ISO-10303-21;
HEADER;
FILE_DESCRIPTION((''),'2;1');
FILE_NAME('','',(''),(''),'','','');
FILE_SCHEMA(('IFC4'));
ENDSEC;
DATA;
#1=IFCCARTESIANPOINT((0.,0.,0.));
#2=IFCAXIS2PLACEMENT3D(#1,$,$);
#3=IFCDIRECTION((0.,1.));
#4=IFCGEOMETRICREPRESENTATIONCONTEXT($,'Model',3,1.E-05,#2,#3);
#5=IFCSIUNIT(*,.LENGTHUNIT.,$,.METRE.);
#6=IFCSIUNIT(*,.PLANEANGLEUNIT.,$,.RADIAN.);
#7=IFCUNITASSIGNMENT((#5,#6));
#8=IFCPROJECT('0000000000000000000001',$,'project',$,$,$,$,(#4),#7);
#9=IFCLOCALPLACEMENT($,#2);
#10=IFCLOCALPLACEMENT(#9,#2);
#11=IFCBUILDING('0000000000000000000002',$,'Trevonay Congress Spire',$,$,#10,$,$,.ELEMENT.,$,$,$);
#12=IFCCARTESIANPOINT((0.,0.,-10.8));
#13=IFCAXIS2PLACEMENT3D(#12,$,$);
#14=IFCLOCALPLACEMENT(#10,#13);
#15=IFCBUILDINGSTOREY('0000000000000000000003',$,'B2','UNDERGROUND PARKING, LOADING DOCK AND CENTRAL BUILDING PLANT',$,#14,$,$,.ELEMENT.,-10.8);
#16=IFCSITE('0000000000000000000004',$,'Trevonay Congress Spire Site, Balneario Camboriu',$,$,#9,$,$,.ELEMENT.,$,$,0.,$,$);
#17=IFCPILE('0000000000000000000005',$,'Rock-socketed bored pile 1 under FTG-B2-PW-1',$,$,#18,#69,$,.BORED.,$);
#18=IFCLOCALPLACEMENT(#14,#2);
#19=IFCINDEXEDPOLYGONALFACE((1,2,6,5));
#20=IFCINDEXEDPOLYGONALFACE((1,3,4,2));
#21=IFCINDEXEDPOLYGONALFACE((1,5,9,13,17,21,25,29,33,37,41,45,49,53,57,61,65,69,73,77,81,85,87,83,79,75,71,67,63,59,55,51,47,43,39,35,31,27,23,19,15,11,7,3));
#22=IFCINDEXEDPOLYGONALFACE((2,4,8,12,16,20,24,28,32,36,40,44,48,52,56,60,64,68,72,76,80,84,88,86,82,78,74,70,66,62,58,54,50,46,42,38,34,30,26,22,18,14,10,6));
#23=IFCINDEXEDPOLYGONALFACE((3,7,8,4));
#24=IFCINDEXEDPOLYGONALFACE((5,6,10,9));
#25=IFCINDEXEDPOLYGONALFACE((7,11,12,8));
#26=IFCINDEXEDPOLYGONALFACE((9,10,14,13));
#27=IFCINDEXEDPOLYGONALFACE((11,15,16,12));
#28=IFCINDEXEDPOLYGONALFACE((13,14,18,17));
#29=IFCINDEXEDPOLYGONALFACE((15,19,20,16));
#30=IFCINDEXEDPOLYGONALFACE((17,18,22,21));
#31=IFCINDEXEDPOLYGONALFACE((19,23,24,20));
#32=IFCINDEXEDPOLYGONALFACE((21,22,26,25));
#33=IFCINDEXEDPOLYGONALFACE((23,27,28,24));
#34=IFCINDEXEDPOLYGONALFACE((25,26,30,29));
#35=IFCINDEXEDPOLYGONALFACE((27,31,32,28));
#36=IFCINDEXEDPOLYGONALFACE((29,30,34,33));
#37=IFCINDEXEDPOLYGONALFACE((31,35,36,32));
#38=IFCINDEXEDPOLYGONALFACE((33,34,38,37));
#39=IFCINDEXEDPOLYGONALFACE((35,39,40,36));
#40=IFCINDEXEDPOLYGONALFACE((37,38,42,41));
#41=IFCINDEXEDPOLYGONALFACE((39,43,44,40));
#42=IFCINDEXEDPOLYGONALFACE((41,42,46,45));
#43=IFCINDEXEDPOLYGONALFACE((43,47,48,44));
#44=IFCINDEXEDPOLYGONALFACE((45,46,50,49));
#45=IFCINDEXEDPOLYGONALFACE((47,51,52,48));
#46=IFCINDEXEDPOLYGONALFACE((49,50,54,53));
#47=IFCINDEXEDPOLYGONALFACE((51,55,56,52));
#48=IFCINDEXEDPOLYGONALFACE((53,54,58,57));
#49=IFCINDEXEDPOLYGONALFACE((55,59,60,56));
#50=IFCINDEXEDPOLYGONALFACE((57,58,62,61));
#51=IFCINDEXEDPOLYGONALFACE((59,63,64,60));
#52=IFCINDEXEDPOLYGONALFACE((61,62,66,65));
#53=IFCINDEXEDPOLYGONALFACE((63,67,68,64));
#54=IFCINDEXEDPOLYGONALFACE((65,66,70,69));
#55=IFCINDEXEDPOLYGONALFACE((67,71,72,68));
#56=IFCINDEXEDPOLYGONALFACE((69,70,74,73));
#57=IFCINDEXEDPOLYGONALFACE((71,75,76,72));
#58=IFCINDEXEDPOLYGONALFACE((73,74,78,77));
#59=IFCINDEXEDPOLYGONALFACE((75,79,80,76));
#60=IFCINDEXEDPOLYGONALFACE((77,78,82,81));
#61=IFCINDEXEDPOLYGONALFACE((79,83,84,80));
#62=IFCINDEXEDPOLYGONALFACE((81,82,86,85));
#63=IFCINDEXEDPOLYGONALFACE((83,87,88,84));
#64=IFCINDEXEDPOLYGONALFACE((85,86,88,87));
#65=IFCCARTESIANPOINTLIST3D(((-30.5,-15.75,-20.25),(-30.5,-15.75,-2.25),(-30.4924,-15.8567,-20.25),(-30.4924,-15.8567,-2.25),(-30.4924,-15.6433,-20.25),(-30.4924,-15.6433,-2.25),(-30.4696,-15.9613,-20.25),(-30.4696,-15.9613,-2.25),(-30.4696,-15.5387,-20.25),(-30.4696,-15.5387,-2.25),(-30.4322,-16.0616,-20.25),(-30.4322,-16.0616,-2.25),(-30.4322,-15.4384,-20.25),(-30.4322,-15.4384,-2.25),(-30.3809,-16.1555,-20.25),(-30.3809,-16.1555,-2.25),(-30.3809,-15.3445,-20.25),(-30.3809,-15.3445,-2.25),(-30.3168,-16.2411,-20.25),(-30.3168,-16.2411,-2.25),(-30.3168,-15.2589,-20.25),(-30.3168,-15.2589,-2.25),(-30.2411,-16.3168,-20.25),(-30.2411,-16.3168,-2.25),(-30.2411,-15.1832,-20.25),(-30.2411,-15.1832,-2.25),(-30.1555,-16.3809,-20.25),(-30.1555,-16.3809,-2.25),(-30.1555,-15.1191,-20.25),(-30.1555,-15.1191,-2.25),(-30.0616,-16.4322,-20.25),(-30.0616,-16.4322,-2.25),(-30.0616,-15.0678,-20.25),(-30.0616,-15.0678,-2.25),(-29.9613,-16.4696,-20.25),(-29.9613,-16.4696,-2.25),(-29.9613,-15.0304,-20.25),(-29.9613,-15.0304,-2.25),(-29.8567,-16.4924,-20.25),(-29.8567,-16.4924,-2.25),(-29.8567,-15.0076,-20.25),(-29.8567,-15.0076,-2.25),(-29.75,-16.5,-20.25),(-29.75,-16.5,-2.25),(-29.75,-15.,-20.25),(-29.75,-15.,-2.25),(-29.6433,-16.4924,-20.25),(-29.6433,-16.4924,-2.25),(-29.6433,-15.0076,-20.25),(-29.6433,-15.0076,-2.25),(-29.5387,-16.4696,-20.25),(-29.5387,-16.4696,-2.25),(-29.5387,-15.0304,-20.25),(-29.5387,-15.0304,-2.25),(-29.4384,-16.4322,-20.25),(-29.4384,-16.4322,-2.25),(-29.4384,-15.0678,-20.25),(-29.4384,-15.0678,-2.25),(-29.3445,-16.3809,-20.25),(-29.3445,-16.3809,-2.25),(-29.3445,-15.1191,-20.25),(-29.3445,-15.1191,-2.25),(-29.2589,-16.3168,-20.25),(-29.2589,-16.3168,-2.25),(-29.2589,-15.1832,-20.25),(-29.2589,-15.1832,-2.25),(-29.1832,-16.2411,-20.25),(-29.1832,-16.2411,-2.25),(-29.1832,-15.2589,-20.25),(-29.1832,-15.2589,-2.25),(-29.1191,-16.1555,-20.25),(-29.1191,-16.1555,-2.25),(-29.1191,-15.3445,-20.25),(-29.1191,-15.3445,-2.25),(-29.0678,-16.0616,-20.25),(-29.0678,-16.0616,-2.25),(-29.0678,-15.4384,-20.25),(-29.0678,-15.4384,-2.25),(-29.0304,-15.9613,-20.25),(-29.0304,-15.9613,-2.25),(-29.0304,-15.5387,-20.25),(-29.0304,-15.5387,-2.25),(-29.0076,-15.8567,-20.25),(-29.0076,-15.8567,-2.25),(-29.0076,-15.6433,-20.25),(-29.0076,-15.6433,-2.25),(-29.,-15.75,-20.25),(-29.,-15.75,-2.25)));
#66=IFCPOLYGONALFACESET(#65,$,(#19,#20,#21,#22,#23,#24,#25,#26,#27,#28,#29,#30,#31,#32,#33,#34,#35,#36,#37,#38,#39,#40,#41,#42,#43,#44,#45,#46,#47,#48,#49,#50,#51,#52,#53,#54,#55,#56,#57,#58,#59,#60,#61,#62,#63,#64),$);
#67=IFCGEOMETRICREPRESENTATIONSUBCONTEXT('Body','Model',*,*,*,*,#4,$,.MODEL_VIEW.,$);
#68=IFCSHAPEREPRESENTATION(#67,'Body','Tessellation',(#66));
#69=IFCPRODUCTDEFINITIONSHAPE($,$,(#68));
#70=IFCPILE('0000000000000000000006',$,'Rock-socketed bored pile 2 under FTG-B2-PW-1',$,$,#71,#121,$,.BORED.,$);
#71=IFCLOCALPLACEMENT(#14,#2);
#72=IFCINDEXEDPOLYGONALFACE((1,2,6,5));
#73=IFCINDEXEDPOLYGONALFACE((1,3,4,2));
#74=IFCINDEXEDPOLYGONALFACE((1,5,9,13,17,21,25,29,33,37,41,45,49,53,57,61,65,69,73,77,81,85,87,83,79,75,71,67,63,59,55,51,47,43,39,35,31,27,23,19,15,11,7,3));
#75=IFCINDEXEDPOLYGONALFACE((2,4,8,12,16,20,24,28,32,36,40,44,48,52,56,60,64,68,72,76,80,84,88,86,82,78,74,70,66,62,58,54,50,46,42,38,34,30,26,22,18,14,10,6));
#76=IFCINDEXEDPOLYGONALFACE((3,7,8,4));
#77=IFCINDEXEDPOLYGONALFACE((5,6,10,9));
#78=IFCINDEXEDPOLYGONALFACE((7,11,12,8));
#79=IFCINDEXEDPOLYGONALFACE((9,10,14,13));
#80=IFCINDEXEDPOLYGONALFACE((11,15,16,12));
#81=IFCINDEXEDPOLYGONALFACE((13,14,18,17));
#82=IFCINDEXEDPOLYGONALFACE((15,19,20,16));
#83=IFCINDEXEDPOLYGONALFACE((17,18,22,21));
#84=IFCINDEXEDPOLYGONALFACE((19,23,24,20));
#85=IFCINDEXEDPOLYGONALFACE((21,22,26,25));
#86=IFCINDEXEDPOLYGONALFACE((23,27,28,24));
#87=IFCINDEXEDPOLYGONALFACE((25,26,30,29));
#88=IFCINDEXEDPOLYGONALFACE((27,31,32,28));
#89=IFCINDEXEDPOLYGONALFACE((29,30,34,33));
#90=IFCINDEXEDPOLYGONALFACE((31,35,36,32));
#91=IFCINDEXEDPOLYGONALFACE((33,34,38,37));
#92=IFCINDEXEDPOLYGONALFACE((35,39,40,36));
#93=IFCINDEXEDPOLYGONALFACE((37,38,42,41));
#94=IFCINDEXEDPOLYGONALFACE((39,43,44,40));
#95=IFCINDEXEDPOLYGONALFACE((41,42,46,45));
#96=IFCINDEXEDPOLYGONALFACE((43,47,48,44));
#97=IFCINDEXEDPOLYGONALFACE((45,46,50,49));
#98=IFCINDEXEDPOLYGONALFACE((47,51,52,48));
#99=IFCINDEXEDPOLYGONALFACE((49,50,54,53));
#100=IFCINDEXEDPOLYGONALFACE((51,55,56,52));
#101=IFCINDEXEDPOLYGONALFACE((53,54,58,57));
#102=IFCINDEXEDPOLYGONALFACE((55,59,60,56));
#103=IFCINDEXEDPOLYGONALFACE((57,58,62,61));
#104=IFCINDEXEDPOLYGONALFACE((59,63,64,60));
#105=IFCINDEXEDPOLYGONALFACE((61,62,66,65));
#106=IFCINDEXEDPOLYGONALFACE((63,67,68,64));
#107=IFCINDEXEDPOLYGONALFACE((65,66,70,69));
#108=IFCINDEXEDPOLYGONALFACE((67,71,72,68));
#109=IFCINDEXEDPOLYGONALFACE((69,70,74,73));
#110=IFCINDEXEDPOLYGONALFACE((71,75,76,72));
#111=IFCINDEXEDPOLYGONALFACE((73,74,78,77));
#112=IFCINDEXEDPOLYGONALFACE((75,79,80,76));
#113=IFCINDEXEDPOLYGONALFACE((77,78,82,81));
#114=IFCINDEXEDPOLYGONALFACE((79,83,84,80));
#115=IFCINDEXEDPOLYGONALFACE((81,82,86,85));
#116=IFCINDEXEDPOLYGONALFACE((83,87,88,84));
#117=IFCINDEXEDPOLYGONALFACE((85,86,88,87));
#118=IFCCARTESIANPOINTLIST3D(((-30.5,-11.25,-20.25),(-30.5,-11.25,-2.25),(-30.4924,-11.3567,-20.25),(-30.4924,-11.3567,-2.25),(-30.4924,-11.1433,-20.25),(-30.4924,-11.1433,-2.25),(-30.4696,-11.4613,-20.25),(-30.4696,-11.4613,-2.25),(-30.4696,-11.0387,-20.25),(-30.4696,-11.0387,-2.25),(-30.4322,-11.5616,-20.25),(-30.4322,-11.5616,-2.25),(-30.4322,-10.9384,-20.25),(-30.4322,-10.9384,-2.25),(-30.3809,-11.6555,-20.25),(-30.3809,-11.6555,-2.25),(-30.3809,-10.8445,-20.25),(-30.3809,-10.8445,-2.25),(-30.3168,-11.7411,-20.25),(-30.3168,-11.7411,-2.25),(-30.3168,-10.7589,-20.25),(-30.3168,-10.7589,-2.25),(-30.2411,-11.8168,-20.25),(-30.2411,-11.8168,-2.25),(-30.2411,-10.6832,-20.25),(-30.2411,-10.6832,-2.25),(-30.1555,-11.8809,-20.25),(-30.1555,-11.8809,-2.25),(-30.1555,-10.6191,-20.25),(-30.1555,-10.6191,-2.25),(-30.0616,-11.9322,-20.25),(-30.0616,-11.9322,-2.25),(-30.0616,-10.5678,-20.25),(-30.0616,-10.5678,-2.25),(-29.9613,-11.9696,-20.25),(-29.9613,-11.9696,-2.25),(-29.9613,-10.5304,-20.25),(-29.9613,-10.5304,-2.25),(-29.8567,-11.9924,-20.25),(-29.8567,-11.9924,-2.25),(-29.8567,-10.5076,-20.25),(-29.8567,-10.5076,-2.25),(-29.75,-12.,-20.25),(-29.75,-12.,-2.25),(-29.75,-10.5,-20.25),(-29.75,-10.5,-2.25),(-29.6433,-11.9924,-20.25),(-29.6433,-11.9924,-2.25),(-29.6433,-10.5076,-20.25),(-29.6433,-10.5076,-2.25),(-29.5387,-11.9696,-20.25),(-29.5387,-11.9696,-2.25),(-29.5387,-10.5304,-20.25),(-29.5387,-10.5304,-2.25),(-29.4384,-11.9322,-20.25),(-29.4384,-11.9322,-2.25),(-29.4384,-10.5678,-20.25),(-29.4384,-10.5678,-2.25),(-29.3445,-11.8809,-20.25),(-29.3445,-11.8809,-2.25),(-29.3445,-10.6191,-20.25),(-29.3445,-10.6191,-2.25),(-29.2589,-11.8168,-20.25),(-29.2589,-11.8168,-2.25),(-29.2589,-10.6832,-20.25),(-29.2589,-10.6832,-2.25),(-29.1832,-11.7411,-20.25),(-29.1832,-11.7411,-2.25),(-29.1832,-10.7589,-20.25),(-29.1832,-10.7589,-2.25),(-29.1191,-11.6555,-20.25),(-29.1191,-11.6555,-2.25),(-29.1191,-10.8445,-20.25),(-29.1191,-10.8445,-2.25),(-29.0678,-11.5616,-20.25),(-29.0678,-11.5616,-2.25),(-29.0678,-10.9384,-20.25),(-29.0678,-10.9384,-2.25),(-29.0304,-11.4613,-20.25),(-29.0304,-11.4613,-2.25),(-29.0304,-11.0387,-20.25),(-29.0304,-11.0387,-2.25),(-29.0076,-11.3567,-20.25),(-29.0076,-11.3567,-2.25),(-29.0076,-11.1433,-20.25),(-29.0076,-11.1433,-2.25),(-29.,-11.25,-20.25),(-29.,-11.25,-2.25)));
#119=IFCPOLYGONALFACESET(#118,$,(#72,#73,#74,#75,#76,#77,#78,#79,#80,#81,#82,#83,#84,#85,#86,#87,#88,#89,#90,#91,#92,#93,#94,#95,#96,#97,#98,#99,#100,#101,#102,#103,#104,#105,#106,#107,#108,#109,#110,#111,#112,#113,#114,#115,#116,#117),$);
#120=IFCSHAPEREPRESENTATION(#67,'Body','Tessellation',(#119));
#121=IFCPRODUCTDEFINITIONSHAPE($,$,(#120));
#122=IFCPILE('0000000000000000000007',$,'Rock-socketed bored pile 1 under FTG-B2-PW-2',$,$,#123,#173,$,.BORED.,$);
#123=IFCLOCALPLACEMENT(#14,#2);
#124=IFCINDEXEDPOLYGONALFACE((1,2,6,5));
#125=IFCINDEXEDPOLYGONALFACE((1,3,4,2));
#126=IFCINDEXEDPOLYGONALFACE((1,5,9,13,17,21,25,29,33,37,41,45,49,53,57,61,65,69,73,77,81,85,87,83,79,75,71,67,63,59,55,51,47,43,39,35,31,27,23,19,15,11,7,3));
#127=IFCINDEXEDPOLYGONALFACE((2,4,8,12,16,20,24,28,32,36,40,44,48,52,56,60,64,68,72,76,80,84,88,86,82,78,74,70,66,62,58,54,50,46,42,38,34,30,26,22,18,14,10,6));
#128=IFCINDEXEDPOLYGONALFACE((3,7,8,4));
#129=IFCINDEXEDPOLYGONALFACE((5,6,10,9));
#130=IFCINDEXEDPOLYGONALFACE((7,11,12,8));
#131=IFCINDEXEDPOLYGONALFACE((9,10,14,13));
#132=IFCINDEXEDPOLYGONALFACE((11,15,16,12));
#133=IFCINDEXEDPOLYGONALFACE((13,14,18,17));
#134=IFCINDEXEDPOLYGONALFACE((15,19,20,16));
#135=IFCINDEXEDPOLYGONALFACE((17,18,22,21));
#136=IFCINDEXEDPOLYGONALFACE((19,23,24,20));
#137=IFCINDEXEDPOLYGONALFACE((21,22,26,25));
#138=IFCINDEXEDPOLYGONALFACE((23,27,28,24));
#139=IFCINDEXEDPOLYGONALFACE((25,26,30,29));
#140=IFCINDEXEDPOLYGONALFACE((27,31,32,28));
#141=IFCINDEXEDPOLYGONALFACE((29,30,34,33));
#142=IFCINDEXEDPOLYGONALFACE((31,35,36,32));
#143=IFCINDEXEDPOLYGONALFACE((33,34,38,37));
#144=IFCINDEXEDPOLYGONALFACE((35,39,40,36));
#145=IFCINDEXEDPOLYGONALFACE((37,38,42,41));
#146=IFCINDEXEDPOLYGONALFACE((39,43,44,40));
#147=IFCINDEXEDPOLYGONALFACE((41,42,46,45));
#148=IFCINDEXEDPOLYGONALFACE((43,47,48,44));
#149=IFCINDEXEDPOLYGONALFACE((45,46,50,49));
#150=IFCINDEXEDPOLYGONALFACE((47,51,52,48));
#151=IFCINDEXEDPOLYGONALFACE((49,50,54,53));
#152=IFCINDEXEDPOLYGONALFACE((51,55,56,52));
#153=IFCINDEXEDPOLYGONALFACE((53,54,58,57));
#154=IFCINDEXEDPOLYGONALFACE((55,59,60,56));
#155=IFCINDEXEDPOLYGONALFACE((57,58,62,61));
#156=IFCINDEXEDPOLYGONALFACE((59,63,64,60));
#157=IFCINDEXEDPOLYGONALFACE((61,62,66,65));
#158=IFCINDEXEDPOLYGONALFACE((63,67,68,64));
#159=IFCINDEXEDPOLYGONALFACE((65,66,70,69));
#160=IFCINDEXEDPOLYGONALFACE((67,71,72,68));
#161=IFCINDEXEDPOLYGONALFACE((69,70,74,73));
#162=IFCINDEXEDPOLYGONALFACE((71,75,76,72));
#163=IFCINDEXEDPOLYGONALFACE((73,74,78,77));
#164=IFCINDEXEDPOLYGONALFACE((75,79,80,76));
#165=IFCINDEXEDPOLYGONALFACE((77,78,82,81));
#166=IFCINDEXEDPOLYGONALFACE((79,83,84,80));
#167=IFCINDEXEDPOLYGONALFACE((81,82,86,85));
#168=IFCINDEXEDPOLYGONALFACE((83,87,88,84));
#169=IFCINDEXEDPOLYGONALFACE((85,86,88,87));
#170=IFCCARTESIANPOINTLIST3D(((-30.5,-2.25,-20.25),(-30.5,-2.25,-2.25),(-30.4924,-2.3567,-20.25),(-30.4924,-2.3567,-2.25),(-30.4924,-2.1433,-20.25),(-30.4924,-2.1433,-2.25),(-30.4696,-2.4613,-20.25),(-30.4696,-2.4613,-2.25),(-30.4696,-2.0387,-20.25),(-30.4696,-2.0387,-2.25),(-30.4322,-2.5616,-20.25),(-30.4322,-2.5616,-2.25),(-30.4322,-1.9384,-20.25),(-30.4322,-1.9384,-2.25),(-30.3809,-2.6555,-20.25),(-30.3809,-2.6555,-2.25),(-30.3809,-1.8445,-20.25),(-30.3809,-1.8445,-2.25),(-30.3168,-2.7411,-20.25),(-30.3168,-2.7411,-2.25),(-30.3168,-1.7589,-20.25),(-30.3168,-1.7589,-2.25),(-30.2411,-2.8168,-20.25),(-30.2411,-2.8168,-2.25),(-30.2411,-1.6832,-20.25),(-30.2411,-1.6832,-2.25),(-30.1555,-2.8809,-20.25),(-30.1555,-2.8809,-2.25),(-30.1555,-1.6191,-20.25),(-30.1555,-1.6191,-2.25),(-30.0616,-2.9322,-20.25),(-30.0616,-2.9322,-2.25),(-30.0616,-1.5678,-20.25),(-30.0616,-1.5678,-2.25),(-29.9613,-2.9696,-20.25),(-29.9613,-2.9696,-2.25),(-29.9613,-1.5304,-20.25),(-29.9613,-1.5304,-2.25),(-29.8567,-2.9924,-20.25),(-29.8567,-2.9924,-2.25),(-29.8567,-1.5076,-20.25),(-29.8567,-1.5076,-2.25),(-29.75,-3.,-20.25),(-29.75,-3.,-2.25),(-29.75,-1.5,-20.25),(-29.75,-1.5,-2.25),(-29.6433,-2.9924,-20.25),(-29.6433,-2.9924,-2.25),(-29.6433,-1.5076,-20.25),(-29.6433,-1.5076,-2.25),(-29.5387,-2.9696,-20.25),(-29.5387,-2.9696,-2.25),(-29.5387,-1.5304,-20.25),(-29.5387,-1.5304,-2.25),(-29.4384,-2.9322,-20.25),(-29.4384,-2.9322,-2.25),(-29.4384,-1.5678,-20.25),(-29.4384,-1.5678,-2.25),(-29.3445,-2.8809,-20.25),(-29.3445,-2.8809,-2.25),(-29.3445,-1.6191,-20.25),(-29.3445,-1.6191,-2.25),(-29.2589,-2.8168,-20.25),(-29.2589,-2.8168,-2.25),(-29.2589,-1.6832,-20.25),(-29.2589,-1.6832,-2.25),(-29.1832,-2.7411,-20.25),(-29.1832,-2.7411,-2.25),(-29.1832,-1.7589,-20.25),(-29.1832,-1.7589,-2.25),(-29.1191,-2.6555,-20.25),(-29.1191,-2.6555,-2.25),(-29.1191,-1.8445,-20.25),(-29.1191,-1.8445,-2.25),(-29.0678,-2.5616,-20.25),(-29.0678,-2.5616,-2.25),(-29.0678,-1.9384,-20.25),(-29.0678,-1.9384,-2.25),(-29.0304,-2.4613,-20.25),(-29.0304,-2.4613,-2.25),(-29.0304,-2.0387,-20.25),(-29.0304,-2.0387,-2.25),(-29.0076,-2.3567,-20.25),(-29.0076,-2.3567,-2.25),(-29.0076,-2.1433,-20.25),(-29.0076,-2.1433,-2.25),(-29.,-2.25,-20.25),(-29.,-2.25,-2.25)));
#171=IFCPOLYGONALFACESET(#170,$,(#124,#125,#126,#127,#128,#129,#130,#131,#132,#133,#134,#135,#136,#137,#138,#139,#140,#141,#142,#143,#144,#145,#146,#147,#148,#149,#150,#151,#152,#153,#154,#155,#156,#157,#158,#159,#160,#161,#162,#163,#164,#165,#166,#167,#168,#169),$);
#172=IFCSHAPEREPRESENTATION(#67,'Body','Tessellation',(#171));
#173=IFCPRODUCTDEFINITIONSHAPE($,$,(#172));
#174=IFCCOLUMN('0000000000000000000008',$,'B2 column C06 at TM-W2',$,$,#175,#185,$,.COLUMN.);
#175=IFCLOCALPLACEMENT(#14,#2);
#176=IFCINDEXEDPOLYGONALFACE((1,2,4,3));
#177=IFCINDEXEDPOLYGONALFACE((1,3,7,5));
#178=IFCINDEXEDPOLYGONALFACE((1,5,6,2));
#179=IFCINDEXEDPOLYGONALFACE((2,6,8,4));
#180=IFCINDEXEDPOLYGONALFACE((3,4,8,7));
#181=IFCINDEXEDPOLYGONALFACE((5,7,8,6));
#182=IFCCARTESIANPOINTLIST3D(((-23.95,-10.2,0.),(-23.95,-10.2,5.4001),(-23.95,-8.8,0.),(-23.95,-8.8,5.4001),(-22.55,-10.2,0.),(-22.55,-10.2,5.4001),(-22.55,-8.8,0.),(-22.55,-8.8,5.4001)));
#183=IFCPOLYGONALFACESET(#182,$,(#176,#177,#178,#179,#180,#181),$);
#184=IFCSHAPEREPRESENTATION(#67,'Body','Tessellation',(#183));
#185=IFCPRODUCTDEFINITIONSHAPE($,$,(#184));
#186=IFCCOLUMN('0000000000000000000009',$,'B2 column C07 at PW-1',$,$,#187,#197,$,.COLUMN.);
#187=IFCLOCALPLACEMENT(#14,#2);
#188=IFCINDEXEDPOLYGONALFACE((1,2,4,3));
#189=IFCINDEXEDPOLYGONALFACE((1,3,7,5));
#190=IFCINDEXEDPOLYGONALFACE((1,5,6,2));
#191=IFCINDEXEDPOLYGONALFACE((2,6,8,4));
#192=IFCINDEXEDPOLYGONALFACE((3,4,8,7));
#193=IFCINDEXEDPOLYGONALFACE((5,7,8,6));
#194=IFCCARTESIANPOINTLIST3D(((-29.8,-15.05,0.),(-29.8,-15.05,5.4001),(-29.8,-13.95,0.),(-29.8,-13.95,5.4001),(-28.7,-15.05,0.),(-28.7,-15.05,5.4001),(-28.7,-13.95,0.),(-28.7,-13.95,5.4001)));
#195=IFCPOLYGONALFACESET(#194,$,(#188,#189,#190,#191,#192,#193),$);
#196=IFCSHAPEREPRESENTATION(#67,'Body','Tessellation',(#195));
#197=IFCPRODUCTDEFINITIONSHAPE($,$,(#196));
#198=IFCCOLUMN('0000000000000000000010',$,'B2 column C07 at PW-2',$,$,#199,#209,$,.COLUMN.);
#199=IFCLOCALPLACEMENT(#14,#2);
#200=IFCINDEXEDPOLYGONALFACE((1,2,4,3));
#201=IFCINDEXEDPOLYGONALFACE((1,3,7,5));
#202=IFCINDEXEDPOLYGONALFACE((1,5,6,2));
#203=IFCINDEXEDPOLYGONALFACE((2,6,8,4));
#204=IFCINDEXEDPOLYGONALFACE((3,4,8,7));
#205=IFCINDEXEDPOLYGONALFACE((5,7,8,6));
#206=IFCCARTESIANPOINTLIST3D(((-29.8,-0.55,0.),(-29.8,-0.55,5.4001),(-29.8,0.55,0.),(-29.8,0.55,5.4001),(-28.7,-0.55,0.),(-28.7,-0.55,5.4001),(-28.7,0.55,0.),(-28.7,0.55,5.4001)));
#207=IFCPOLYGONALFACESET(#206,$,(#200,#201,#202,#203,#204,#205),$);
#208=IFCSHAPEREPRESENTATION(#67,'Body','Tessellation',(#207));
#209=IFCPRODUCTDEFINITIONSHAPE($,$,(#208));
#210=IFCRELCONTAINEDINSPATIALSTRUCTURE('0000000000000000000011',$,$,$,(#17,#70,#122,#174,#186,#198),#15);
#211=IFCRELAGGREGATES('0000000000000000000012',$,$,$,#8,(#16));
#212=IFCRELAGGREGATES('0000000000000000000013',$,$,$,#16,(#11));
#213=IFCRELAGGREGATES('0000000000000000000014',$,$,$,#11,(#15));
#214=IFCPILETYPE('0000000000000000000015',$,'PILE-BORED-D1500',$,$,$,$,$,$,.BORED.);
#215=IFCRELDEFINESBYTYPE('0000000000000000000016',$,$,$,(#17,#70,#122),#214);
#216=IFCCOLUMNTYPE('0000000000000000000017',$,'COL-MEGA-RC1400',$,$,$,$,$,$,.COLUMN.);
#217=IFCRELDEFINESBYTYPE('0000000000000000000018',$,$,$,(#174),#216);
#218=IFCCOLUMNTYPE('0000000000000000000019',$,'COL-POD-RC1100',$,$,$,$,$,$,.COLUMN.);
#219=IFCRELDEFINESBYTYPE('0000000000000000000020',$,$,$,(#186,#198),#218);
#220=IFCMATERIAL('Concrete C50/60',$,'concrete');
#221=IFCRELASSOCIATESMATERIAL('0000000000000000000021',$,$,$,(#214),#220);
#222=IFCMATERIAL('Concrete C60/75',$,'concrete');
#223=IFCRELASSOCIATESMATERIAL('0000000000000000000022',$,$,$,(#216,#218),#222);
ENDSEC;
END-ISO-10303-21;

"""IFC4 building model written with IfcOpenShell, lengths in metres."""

from ifc_helpers import new_model, si_unit, direction, frame, origin, origin_2d, place, context, subcontext, project, spatial, rectangle, circle, extrude, material, material_profile, profile_set, type_object, element, save


model = new_model("IFC4")

# Units and contexts
model_context = context("Model", 3, precision=1e-05, world=origin(), true_north=direction((0.0, 1.0)))
body_context = subcontext(model_context, "Body", "Model", "MODEL_VIEW")
ifc_project = project(units=[si_unit("LENGTHUNIT", "METRE"), si_unit("PLANEANGLEUNIT", "RADIAN")], contexts=[model_context])

# Site, building, storey
site_placement = place(None, origin())
site = spatial("IfcSite", under=ifc_project, at=site_placement, Name="Trevonay Congress Spire Site, Balneario Camboriu", CompositionType="ELEMENT", RefElevation=0.0)
building_placement = place(site_placement, origin())
building = spatial("IfcBuilding", under=site, at=building_placement, Name="Trevonay Congress Spire", CompositionType="ELEMENT")
storey_placement = place(building_placement, frame((0.0, 0.0, -10.8)))
storey = spatial("IfcBuildingStorey", under=building, at=storey_placement, Name="B2", Description="UNDERGROUND PARKING, LOADING DOCK AND CENTRAL BUILDING PLANT", CompositionType="ELEMENT", Elevation=-10.8)

# Shared definitions
ifc_material_1 = material(Name="Concrete C50/60", Category="concrete")

# Piles
ifc_material_profile_1 = material_profile(ifc_material_1, circle(Radius=0.75, at=origin_2d()), Name="PILE D1500")
ifc_profile_set_1 = profile_set([ifc_material_profile_1], Name="Concrete C50/60")
pile_type = type_object("IfcPileType", Name="PILE-BORED-D1500", PredefinedType="BORED", material=ifc_profile_set_1)
for number, where, z_axis, x_axis, name in (
    (1, (-29.75, -15.75, -2.25), (0.0, 0.0, -1.0), (1.0, 0.0, 0.0), "Rock-socketed bored pile 1 under FTG-B2-PW-1"),
    (2, (-29.75, -11.25, -2.25), (0.0, 0.0, -1.0), (1.0, 0.0, 0.0), "Rock-socketed bored pile 2 under FTG-B2-PW-1"),
    (3, (-29.75, -2.25, -2.25), (0.0, 0.0, -1.0), (1.0, 0.0, 0.0), "Rock-socketed bored pile 1 under FTG-B2-PW-2"),
):
    element("IfcPile", number, at=place(storey_placement, frame(where, z_axis=z_axis, x_axis=x_axis)), inside=storey, type_object=pile_type, Name=name, PredefinedType="BORED", context=body_context, shape_type="SweptSolid", body=[
        extrude(circle(Radius=0.75, at=origin_2d()), origin(), (0.0, 0.0, 1.0), 18.0),
    ])

# Columns
ifc_material_2 = material(Name="Concrete C60/75", Category="concrete")
ifc_material_profile_2 = material_profile(ifc_material_2, rectangle(XDim=1.3999, YDim=1.3999, at=origin_2d()), Name="RC 1400x1400")
ifc_profile_set_2 = profile_set([ifc_material_profile_2], Name="Concrete C60/75")
column_type_1 = type_object("IfcColumnType", Name="COL-MEGA-RC1400", PredefinedType="COLUMN", material=ifc_profile_set_2)
column_placement = place(storey_placement, frame((-23.25, -9.5, 0.0), z_axis=(0.0, 0.0, 1.0), x_axis=(1.0, 0.0, 0.0)))
element("IfcColumn", 4, at=column_placement, inside=storey, type_object=column_type_1, Name="B2 column C06 at TM-W2", PredefinedType="COLUMN", context=body_context, shape_type="SweptSolid", body=[
    extrude(rectangle(XDim=1.3999, YDim=1.3999, at=origin_2d()), origin(), (0.0, 0.0, 1.0), 5.4001),
])
ifc_material_profile_3 = material_profile(ifc_material_2, rectangle(XDim=1.1001, YDim=1.1001, at=origin_2d()), Name="RC 1100x1100")
ifc_profile_set_3 = profile_set([ifc_material_profile_3], Name="Concrete C60/75")
column_type_2 = type_object("IfcColumnType", Name="COL-POD-RC1100", PredefinedType="COLUMN", material=ifc_profile_set_3)
for number, where, z_axis, x_axis, name in (
    (5, (-29.25, -14.5, 0.0), (0.0, 0.0, 1.0), (1.0, 0.0, 0.0), "B2 column C07 at PW-1"),
    (6, (-29.25, 0.0, 0.0), (0.0, 0.0, 1.0), (1.0, 0.0, 0.0), "B2 column C07 at PW-2"),
):
    element("IfcColumn", number, at=place(storey_placement, frame(where, z_axis=z_axis, x_axis=x_axis)), inside=storey, type_object=column_type_2, Name=name, PredefinedType="COLUMN", context=body_context, shape_type="SweptSolid", body=[
        extrude(rectangle(XDim=1.1001, YDim=1.1001, at=origin_2d()), origin(), (0.0, 0.0, 1.0), 5.4001),
    ])

save(model, "model.ifc")
